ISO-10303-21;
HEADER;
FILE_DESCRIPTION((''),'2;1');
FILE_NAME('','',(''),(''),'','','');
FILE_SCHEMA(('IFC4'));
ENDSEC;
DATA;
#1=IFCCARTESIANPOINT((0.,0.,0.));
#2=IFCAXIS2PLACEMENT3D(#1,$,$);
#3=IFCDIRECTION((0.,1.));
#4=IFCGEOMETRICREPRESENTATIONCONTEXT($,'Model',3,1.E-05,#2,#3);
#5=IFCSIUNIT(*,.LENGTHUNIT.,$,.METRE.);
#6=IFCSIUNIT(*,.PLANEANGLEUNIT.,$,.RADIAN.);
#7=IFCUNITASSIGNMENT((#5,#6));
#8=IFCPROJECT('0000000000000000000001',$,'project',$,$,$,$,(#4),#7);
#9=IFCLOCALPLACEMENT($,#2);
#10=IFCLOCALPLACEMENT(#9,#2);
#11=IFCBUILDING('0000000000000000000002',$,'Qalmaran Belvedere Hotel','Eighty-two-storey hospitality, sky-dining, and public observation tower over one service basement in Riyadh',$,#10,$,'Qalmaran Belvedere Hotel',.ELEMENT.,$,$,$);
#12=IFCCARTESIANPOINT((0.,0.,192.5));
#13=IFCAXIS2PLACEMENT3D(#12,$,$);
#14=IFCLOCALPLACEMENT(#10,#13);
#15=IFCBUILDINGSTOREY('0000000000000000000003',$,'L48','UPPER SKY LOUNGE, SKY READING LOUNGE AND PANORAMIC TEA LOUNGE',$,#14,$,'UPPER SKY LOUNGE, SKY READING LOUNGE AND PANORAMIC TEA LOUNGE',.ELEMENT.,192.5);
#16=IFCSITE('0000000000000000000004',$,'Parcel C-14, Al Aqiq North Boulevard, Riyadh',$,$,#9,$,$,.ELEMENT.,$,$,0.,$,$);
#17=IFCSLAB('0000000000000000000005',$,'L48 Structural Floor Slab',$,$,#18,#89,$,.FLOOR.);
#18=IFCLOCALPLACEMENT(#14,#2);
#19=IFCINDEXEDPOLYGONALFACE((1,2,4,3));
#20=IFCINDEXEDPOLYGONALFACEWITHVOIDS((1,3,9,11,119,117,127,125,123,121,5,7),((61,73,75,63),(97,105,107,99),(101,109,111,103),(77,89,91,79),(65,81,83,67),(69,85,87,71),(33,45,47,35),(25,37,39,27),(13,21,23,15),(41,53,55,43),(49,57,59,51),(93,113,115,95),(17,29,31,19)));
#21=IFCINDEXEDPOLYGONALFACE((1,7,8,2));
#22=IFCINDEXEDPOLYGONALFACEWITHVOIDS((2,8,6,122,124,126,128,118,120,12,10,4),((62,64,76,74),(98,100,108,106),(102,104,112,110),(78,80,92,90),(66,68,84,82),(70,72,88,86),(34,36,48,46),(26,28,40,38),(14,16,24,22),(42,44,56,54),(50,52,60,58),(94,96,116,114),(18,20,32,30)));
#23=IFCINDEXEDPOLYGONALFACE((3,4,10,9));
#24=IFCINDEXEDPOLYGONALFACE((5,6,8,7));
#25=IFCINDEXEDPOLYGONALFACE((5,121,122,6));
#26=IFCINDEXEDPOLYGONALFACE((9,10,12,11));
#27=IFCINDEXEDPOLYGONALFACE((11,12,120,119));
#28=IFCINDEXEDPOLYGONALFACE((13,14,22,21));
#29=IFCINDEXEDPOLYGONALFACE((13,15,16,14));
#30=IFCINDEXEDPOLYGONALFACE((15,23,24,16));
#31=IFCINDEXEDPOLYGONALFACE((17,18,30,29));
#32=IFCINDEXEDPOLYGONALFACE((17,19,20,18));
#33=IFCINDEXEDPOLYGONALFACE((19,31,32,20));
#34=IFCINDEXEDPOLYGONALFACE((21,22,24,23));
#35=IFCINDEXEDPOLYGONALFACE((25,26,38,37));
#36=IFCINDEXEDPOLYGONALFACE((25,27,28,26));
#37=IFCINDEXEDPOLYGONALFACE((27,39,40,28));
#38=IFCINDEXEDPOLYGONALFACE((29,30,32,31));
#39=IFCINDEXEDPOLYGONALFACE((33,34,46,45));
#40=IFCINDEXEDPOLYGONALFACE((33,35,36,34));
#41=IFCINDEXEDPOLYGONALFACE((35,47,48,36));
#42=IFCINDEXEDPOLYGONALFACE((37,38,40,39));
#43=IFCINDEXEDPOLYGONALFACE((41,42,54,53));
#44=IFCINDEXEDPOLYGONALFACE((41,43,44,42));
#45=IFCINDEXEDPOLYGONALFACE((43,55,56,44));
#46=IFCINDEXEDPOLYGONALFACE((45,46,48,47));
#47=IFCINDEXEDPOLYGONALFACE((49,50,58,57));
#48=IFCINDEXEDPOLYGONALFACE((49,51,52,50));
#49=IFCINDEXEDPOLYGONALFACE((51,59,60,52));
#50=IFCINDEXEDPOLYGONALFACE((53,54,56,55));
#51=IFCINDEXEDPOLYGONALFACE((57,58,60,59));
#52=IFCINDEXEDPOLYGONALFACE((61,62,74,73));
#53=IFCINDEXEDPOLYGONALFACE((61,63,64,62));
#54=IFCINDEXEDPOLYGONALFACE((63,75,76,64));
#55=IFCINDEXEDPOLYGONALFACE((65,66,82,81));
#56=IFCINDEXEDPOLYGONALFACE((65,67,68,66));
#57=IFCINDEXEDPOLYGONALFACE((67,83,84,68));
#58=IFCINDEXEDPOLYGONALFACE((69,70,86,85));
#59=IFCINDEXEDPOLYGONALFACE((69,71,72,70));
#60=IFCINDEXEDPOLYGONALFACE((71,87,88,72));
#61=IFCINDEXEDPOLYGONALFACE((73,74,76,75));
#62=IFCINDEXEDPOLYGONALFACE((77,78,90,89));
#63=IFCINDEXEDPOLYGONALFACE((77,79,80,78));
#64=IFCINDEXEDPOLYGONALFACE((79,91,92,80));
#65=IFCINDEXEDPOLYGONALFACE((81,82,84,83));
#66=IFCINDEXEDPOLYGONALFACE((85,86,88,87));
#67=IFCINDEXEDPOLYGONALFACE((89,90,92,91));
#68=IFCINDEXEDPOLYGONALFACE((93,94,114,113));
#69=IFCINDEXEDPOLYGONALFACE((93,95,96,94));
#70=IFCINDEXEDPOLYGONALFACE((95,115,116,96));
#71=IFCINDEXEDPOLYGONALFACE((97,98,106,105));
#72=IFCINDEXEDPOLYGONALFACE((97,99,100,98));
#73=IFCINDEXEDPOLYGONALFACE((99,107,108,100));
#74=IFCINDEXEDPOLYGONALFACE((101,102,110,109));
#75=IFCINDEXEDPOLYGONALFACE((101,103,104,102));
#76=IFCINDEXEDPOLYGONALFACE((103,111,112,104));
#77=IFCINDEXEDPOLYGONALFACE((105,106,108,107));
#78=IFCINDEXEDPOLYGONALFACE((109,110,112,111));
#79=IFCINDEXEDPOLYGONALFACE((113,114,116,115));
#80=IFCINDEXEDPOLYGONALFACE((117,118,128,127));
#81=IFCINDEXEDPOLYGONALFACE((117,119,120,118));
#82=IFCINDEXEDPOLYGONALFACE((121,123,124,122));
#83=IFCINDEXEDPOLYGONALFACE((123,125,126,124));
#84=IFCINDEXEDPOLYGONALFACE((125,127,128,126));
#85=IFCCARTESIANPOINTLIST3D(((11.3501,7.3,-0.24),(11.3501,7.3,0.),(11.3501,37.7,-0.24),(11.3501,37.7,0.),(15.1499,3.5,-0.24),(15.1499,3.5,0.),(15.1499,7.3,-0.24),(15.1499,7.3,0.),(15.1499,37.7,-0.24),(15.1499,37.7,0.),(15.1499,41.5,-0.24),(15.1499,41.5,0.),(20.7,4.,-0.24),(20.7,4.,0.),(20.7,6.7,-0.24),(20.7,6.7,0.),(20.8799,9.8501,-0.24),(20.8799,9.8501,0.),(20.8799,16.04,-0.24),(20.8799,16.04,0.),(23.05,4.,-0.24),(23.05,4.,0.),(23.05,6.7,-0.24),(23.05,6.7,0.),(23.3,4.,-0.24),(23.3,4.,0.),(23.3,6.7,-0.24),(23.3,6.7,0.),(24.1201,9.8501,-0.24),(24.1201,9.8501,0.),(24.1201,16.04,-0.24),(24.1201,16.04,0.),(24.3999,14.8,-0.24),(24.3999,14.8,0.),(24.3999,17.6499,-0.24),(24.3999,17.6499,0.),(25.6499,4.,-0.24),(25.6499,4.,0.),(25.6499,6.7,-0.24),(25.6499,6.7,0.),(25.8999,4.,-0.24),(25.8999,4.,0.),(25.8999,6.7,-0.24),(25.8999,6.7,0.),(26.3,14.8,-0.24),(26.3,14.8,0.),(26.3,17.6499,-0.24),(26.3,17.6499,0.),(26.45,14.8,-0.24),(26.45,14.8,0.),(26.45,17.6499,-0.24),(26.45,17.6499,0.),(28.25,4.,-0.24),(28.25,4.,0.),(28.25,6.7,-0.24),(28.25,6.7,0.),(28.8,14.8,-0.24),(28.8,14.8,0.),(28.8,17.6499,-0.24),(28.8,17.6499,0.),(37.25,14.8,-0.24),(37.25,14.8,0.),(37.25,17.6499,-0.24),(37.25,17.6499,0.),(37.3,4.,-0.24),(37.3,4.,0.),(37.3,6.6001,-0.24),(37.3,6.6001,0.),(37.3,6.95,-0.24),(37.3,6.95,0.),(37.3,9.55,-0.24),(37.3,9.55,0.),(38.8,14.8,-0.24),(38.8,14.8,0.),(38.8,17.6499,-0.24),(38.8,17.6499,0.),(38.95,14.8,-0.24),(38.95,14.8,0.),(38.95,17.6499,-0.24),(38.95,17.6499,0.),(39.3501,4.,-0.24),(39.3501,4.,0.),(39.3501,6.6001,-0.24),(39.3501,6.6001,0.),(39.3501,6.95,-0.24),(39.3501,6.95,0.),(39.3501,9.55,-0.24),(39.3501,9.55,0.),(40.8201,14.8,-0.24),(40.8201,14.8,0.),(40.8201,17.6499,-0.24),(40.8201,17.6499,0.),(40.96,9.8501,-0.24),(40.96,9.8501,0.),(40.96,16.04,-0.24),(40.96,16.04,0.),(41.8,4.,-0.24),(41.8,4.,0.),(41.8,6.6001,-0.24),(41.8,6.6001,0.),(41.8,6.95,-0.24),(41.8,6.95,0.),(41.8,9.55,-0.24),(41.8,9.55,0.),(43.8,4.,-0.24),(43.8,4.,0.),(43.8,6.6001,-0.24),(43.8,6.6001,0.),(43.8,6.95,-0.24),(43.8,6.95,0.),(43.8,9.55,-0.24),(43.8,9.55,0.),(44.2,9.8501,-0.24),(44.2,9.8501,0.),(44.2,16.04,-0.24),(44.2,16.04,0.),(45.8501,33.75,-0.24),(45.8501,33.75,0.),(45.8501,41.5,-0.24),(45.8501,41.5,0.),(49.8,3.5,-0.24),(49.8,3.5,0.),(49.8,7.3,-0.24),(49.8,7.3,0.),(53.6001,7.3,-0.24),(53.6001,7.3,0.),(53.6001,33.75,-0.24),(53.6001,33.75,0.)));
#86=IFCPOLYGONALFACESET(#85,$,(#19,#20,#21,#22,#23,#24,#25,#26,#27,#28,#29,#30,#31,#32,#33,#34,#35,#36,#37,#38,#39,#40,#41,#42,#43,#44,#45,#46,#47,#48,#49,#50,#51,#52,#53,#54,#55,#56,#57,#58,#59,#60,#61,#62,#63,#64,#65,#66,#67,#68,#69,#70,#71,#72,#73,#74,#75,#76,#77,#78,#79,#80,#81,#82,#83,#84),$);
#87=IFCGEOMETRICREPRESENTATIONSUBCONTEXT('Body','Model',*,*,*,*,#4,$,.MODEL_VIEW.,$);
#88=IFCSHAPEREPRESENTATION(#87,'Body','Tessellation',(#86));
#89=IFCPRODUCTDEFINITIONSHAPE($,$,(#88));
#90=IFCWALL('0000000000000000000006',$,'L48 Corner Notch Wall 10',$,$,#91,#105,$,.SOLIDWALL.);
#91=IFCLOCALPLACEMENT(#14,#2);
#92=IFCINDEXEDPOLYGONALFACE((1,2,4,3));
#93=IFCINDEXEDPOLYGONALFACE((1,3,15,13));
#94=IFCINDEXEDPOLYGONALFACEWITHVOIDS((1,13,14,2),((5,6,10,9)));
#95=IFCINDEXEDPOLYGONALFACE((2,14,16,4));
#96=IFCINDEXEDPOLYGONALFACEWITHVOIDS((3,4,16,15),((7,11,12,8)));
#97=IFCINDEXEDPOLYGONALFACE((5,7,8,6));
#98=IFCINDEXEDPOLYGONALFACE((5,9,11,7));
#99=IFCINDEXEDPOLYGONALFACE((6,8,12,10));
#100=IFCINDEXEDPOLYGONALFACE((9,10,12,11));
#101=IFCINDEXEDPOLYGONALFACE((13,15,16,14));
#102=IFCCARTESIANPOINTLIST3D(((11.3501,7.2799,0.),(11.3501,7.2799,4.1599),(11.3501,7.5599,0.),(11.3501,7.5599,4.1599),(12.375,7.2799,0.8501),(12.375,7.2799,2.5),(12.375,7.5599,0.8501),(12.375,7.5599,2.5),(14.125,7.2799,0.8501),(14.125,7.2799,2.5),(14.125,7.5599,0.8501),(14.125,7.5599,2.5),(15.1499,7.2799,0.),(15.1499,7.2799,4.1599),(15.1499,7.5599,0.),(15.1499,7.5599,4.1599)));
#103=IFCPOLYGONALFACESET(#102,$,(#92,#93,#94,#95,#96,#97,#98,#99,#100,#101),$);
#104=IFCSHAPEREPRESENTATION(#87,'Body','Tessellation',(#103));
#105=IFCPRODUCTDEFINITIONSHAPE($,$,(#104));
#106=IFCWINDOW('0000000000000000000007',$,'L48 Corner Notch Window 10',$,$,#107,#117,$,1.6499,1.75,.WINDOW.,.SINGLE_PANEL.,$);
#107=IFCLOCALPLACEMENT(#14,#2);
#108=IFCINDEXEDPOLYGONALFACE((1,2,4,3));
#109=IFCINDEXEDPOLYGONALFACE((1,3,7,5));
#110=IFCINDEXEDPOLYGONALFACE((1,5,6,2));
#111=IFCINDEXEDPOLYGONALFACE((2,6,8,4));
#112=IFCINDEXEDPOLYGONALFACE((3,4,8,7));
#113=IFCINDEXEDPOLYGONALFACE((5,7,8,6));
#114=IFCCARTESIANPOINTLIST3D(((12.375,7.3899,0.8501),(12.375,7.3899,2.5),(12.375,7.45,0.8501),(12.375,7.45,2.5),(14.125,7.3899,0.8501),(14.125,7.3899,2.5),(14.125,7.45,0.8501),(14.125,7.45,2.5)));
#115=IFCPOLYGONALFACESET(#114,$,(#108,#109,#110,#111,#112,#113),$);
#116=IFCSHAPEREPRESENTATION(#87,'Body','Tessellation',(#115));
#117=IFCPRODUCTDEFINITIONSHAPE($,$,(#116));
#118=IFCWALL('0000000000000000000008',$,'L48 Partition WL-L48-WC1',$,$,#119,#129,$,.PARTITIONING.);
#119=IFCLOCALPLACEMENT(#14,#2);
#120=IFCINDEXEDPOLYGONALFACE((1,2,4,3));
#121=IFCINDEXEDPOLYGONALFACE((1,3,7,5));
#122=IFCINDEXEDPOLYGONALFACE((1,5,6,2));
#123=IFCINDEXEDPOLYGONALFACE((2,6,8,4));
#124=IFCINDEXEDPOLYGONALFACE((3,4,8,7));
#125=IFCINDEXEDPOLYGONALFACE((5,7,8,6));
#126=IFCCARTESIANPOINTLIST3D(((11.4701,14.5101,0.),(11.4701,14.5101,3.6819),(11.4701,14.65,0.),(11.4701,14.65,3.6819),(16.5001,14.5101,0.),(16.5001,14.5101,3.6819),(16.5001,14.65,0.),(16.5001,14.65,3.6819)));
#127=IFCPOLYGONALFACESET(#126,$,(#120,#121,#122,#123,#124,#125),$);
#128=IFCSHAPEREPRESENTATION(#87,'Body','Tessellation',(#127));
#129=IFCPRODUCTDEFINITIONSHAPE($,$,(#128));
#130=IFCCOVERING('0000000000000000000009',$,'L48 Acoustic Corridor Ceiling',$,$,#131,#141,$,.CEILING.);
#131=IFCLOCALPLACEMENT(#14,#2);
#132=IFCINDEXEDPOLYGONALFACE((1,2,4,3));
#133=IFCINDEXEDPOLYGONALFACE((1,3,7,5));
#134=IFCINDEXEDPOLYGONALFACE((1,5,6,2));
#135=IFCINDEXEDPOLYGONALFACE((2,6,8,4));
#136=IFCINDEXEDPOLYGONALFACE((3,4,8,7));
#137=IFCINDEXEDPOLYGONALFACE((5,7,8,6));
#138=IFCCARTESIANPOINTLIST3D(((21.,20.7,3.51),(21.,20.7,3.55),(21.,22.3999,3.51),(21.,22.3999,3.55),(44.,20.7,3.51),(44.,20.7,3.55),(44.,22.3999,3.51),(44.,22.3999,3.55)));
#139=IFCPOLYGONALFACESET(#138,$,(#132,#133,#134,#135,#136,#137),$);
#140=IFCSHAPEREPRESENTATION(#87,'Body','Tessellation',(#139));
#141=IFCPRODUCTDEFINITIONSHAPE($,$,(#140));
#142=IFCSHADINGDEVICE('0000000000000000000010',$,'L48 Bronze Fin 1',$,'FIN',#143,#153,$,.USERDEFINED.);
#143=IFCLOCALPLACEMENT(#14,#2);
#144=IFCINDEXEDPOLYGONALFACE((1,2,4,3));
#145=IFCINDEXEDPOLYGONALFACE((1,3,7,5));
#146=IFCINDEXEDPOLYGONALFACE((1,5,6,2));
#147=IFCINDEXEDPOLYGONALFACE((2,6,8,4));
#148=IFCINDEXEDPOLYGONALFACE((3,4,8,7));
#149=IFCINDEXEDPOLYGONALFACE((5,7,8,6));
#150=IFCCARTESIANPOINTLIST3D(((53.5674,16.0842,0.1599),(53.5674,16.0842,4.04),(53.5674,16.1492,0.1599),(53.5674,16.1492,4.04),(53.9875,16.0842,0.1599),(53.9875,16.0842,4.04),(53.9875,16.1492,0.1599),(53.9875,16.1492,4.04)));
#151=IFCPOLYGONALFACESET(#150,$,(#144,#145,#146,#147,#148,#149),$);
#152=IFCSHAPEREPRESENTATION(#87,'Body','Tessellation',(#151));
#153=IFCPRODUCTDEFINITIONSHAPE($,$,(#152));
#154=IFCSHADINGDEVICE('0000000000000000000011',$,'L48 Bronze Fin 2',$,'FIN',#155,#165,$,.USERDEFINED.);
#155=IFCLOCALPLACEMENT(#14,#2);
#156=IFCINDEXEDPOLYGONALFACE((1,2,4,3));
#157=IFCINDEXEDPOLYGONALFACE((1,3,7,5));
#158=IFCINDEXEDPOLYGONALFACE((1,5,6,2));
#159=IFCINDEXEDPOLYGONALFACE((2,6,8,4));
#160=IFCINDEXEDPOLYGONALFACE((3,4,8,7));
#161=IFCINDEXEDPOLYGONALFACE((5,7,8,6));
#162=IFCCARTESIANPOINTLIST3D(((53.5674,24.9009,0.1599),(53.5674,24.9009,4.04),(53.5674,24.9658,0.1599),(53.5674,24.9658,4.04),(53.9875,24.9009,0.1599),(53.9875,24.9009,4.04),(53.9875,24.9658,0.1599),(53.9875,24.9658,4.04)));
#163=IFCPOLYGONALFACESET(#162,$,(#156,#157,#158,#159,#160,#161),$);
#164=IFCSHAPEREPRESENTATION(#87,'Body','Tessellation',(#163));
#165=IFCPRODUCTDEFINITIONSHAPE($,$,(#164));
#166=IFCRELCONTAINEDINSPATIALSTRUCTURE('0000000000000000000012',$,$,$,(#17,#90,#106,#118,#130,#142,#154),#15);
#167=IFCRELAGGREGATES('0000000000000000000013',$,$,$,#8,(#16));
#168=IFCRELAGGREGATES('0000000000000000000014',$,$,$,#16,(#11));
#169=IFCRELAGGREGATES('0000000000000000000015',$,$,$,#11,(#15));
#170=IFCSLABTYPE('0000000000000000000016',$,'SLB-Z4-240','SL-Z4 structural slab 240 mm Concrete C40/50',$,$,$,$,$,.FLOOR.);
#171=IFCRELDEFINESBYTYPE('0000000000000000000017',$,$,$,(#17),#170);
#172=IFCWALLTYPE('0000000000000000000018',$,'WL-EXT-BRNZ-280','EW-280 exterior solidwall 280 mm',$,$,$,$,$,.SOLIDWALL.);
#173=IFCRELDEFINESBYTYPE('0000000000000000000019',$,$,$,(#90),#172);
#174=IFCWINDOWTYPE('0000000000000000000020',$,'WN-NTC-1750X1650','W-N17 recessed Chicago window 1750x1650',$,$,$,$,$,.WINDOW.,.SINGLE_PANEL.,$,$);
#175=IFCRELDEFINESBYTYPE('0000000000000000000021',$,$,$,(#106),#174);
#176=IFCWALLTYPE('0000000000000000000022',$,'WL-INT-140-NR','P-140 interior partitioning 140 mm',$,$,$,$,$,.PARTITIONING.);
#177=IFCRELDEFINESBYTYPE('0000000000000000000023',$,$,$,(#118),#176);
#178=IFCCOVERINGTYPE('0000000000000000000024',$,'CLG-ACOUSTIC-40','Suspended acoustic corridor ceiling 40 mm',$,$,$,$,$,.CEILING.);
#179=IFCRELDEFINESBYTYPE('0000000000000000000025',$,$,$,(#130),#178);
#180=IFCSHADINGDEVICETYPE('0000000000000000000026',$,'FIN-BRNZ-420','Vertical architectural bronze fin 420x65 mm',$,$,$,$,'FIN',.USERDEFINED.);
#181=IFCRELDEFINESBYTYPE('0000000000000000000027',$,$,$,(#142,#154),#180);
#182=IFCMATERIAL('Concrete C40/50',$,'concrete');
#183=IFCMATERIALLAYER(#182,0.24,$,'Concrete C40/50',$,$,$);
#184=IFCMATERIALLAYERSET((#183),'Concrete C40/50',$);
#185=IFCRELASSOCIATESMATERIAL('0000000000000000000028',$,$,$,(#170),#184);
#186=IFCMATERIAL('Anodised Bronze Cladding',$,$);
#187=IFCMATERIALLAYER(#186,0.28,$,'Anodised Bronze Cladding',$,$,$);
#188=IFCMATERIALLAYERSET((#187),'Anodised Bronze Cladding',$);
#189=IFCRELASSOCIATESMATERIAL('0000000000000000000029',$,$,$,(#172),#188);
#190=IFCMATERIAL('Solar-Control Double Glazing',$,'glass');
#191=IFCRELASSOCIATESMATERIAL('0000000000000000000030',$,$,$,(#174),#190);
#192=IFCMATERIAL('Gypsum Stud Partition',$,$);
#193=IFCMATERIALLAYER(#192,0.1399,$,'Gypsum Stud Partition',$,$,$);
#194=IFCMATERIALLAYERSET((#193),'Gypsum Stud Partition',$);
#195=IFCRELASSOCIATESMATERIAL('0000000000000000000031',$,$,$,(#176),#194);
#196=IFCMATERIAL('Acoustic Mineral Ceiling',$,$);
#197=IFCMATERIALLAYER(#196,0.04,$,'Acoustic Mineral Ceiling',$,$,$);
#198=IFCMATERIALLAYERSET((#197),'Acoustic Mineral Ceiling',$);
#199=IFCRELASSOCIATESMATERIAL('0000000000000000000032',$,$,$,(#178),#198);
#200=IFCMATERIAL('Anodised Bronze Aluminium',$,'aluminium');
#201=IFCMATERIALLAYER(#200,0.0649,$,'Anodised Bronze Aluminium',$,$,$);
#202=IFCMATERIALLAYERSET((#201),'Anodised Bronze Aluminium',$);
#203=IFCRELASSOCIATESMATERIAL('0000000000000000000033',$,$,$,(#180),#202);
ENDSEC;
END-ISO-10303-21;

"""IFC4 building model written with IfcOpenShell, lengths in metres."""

from ifc_helpers import new_model, si_unit, direction, frame, frame_2d, origin, place, context, subcontext, project, spatial, polyline, rectangle, outline, extrude, material, layer, layer_set, type_object, element, fill, save


model = new_model("IFC4")

# Units and contexts
model_context = context("Model", 3, precision=1e-05, world=origin(), true_north=direction((0.0, 1.0)))
body_context = subcontext(model_context, "Body", "Model", "MODEL_VIEW")
ifc_project = project(units=[si_unit("LENGTHUNIT", "METRE"), si_unit("PLANEANGLEUNIT", "RADIAN")], contexts=[model_context])

# Site, building, storey
site_placement = place(None, origin())
site = spatial("IfcSite", under=ifc_project, at=site_placement, Name="Parcel C-14, Al Aqiq North Boulevard, Riyadh", CompositionType="ELEMENT", RefElevation=0.0)
building_placement = place(site_placement, origin())
building = spatial("IfcBuilding", under=site, at=building_placement, Name="Qalmaran Belvedere Hotel", Description="Eighty-two-storey hospitality, sky-dining, and public observation tower over one service basement in Riyadh", LongName="Qalmaran Belvedere Hotel", CompositionType="ELEMENT")
storey_placement = place(building_placement, frame((0.0, 0.0, 192.5)))
storey = spatial("IfcBuildingStorey", under=building, at=storey_placement, Name="L48", Description="UPPER SKY LOUNGE, SKY READING LOUNGE AND PANORAMIC TEA LOUNGE", LongName="UPPER SKY LOUNGE, SKY READING LOUNGE AND PANORAMIC TEA LOUNGE", CompositionType="ELEMENT", Elevation=192.5)

# Shared definitions
ifc_material_1 = material(Name="Anodised Bronze Aluminium", Category="aluminium")

# Shared definitions
ifc_material_2 = material(Name="Solar-Control Double Glazing", Category="glass")

# Shared definitions
ifc_material_3 = material(Name="Concrete C40/50", Category="concrete")

# Slab
ifc_layer_1 = layer(ifc_material_3, 0.24, Name="Concrete C40/50")
ifc_layer_set_1 = layer_set([ifc_layer_1], Name="Concrete C40/50")
slab_type_1 = type_object("IfcSlabType", Name="SLB-Z4-240", Description="SL-Z4 structural slab 240 mm Concrete C40/50", PredefinedType="FLOOR", material=ifc_layer_set_1)
slab_1_placement = place(storey_placement, frame((0.0, 0.0, -0.24)))
element("IfcSlab", 1, at=slab_1_placement, inside=storey, type_object=slab_type_1, Name="L48 Structural Floor Slab", PredefinedType="FLOOR", context=body_context, shape_type="SweptSolid", body=[
    extrude(outline(polyline([(15.1499, 3.5), (49.8, 3.5), (49.8, 7.3), (53.6001, 7.3), (53.6001, 33.75), (45.8501, 33.75), (45.8501, 41.5), (15.1499, 41.5), (15.1499, 37.7), (11.3501, 37.7), (11.3501, 7.3), (15.1499, 7.3), (15.1499, 3.5)]), holes=[polyline([(20.8799, 9.8501), (24.1201, 9.8501), (24.1201, 16.04), (20.8799, 16.04), (20.8799, 9.8501)]), polyline([(40.96, 9.8501), (44.2, 9.8501), (44.2, 16.04), (40.96, 16.04), (40.96, 9.8501)]), polyline([(37.3, 4.0), (39.3501, 4.0), (39.3501, 6.6001), (37.3, 6.6001), (37.3, 4.0)]), polyline([(37.3, 6.95), (39.3501, 6.95), (39.3501, 9.55), (37.3, 9.55), (37.3, 6.95)]), polyline([(41.8, 4.0), (43.8, 4.0), (43.8, 6.6001), (41.8, 6.6001), (41.8, 4.0)]), polyline([(41.8, 6.95), (43.8, 6.95), (43.8, 9.55), (41.8, 9.55), (41.8, 6.95)]), polyline([(20.7, 4.0), (23.05, 4.0), (23.05, 6.7), (20.7, 6.7), (20.7, 4.0)]), polyline([(23.3, 4.0), (25.6499, 4.0), (25.6499, 6.7), (23.3, 6.7), (23.3, 4.0)]), polyline([(25.8999, 4.0), (28.25, 4.0), (28.25, 6.7), (25.8999, 6.7), (25.8999, 4.0)]), polyline([(24.3999, 14.8), (26.3, 14.8), (26.3, 17.6499), (24.3999, 17.6499), (24.3999, 14.8)]), polyline([(38.95, 14.8), (40.8201, 14.8), (40.8201, 17.6499), (38.95, 17.6499), (38.95, 14.8)]), polyline([(26.45, 14.8), (28.8, 14.8), (28.8, 17.6499), (26.45, 17.6499), (26.45, 14.8)]), polyline([(37.25, 14.8), (38.8, 14.8), (38.8, 17.6499), (37.25, 17.6499), (37.25, 14.8)])]), origin(), (0.0, 0.0, 1.0), 0.24),
])

# Wall, opening, window
ifc_material_4 = material(Name="Anodised Bronze Cladding")
ifc_layer_2 = layer(ifc_material_4, 0.28, Name="Anodised Bronze Cladding")
ifc_layer_set_2 = layer_set([ifc_layer_2], Name="Anodised Bronze Cladding")
wall_type_1 = type_object("IfcWallType", Name="WL-EXT-BRNZ-280", Description="EW-280 exterior solidwall 280 mm", PredefinedType="SOLIDWALL", material=ifc_layer_set_2)
wall_1_placement = place(storey_placement, frame((11.3501, 7.4199, 0.0), z_axis=(0.0, 0.0, 1.0), x_axis=(1.0, 0.0, 0.0)))
wall_1 = element("IfcWall", 2, at=wall_1_placement, inside=storey, type_object=wall_type_1, Name="L48 Corner Notch Wall 10", PredefinedType="SOLIDWALL", context=body_context, shape_type="SweptSolid", body=[
    extrude(rectangle(XDim=3.7998, YDim=0.28, at=frame_2d((1.8999, 0.0))), origin(), (0.0, 0.0, 1.0), 4.1599),
])
opening_placement = place(wall_1_placement, frame((1.0249, 0.0, 0.8501)))
opening = element("IfcOpeningElement", 3, at=opening_placement, cuts=wall_1, PredefinedType="OPENING", context=body_context, shape_type="SweptSolid", body=[
    extrude(rectangle(XDim=1.75, YDim=1.6499, at=frame_2d((0.875, 0.825))), frame((0.0, 0.1499, 0.0), z_axis=(0.0, -1.0, 0.0), x_axis=(1.0, 0.0, 0.0)), (0.0, 0.0, 1.0), 0.3),
])
window_type = type_object("IfcWindowType", Name="WN-NTC-1750X1650", Description="W-N17 recessed Chicago window 1750x1650", PartitioningType="SINGLE_PANEL", PredefinedType="WINDOW", material=ifc_material_2)
window_placement = place(opening_placement, origin())
window = element("IfcWindow", 4, at=window_placement, inside=storey, type_object=window_type, Name="L48 Corner Notch Window 10", OverallHeight=1.6499, OverallWidth=1.75, PartitioningType="SINGLE_PANEL", PredefinedType="WINDOW", context=body_context, shape_type="SweptSolid", body=[
    extrude(rectangle(XDim=1.75, YDim=1.6499, at=frame_2d((0.875, 0.825))), frame((0.0, 0.03, 0.0), z_axis=(0.0, -1.0, 0.0), x_axis=(1.0, 0.0, 0.0)), (0.0, 0.0, 1.0), 0.0601),
])
fill(opening, window)

# Wall
ifc_material_5 = material(Name="Gypsum Stud Partition")
ifc_layer_3 = layer(ifc_material_5, 0.1399, Name="Gypsum Stud Partition")
ifc_layer_set_3 = layer_set([ifc_layer_3], Name="Gypsum Stud Partition")
wall_type_2 = type_object("IfcWallType", Name="WL-INT-140-NR", Description="P-140 interior partitioning 140 mm", PredefinedType="PARTITIONING", material=ifc_layer_set_3)
wall_2_placement = place(storey_placement, frame((11.47, 14.5801, 0.0), z_axis=(0.0, 0.0, 1.0), x_axis=(1.0, 0.0, 0.0)))
element("IfcWall", 5, at=wall_2_placement, inside=storey, type_object=wall_type_2, Name="L48 Partition WL-L48-WC1", PredefinedType="PARTITIONING", context=body_context, shape_type="SweptSolid", body=[
    extrude(rectangle(XDim=5.03, YDim=0.1399, at=frame_2d((2.5151, 0.0))), origin(), (0.0, 0.0, 1.0), 3.6819),
])

# Covering
ifc_material_6 = material(Name="Acoustic Mineral Ceiling")
ifc_layer_4 = layer(ifc_material_6, 0.04, Name="Acoustic Mineral Ceiling")
ifc_layer_set_4 = layer_set([ifc_layer_4], Name="Acoustic Mineral Ceiling")
covering_type_1 = type_object("IfcCoveringType", Name="CLG-ACOUSTIC-40", Description="Suspended acoustic corridor ceiling 40 mm", PredefinedType="CEILING", material=ifc_layer_set_4)
covering_1_placement = place(storey_placement, frame((0.0, 0.0, 3.51)))
element("IfcCovering", 6, at=covering_1_placement, inside=storey, type_object=covering_type_1, Name="L48 Acoustic Corridor Ceiling", PredefinedType="CEILING", context=body_context, shape_type="SweptSolid", body=[
    extrude(outline(polyline([(21.0, 20.7), (44.0, 20.7), (44.0, 22.3999), (21.0, 22.3999), (21.0, 20.7)])), origin(), (0.0, 0.0, 1.0), 0.04),
])

# Shading devices
ifc_layer_5 = layer(ifc_material_1, 0.0649, Name="Anodised Bronze Aluminium")
ifc_layer_set_5 = layer_set([ifc_layer_5], Name="Anodised Bronze Aluminium")
shading_device_type = type_object("IfcShadingDeviceType", Name="FIN-BRNZ-420", Description="Vertical architectural bronze fin 420x65 mm", ElementType="FIN", PredefinedType="USERDEFINED", material=ifc_layer_set_5)
shading_device_1_placement = place(storey_placement, frame((0.0, 0.0, 0.1599)))
element("IfcShadingDevice", 7, at=shading_device_1_placement, inside=storey, type_object=shading_device_type, Name="L48 Bronze Fin 1", ObjectType="FIN", PredefinedType="USERDEFINED", context=body_context, shape_type="SweptSolid", body=[
    extrude(outline(polyline([(53.5674, 16.0842), (53.9875, 16.0842), (53.9875, 16.1492), (53.5674, 16.1492), (53.5674, 16.0842)])), origin(), (0.0, 0.0, 1.0), 3.8801),
])
shading_device_2_placement = place(storey_placement, frame((0.0, 0.0, 0.1599)))
element("IfcShadingDevice", 8, at=shading_device_2_placement, inside=storey, type_object=shading_device_type, Name="L48 Bronze Fin 2", ObjectType="FIN", PredefinedType="USERDEFINED", context=body_context, shape_type="SweptSolid", body=[
    extrude(outline(polyline([(53.5674, 24.9009), (53.9875, 24.9009), (53.9875, 24.9658), (53.5674, 24.9658), (53.5674, 24.9009)])), origin(), (0.0, 0.0, 1.0), 3.8801),
])

save(model, "model.ifc")
